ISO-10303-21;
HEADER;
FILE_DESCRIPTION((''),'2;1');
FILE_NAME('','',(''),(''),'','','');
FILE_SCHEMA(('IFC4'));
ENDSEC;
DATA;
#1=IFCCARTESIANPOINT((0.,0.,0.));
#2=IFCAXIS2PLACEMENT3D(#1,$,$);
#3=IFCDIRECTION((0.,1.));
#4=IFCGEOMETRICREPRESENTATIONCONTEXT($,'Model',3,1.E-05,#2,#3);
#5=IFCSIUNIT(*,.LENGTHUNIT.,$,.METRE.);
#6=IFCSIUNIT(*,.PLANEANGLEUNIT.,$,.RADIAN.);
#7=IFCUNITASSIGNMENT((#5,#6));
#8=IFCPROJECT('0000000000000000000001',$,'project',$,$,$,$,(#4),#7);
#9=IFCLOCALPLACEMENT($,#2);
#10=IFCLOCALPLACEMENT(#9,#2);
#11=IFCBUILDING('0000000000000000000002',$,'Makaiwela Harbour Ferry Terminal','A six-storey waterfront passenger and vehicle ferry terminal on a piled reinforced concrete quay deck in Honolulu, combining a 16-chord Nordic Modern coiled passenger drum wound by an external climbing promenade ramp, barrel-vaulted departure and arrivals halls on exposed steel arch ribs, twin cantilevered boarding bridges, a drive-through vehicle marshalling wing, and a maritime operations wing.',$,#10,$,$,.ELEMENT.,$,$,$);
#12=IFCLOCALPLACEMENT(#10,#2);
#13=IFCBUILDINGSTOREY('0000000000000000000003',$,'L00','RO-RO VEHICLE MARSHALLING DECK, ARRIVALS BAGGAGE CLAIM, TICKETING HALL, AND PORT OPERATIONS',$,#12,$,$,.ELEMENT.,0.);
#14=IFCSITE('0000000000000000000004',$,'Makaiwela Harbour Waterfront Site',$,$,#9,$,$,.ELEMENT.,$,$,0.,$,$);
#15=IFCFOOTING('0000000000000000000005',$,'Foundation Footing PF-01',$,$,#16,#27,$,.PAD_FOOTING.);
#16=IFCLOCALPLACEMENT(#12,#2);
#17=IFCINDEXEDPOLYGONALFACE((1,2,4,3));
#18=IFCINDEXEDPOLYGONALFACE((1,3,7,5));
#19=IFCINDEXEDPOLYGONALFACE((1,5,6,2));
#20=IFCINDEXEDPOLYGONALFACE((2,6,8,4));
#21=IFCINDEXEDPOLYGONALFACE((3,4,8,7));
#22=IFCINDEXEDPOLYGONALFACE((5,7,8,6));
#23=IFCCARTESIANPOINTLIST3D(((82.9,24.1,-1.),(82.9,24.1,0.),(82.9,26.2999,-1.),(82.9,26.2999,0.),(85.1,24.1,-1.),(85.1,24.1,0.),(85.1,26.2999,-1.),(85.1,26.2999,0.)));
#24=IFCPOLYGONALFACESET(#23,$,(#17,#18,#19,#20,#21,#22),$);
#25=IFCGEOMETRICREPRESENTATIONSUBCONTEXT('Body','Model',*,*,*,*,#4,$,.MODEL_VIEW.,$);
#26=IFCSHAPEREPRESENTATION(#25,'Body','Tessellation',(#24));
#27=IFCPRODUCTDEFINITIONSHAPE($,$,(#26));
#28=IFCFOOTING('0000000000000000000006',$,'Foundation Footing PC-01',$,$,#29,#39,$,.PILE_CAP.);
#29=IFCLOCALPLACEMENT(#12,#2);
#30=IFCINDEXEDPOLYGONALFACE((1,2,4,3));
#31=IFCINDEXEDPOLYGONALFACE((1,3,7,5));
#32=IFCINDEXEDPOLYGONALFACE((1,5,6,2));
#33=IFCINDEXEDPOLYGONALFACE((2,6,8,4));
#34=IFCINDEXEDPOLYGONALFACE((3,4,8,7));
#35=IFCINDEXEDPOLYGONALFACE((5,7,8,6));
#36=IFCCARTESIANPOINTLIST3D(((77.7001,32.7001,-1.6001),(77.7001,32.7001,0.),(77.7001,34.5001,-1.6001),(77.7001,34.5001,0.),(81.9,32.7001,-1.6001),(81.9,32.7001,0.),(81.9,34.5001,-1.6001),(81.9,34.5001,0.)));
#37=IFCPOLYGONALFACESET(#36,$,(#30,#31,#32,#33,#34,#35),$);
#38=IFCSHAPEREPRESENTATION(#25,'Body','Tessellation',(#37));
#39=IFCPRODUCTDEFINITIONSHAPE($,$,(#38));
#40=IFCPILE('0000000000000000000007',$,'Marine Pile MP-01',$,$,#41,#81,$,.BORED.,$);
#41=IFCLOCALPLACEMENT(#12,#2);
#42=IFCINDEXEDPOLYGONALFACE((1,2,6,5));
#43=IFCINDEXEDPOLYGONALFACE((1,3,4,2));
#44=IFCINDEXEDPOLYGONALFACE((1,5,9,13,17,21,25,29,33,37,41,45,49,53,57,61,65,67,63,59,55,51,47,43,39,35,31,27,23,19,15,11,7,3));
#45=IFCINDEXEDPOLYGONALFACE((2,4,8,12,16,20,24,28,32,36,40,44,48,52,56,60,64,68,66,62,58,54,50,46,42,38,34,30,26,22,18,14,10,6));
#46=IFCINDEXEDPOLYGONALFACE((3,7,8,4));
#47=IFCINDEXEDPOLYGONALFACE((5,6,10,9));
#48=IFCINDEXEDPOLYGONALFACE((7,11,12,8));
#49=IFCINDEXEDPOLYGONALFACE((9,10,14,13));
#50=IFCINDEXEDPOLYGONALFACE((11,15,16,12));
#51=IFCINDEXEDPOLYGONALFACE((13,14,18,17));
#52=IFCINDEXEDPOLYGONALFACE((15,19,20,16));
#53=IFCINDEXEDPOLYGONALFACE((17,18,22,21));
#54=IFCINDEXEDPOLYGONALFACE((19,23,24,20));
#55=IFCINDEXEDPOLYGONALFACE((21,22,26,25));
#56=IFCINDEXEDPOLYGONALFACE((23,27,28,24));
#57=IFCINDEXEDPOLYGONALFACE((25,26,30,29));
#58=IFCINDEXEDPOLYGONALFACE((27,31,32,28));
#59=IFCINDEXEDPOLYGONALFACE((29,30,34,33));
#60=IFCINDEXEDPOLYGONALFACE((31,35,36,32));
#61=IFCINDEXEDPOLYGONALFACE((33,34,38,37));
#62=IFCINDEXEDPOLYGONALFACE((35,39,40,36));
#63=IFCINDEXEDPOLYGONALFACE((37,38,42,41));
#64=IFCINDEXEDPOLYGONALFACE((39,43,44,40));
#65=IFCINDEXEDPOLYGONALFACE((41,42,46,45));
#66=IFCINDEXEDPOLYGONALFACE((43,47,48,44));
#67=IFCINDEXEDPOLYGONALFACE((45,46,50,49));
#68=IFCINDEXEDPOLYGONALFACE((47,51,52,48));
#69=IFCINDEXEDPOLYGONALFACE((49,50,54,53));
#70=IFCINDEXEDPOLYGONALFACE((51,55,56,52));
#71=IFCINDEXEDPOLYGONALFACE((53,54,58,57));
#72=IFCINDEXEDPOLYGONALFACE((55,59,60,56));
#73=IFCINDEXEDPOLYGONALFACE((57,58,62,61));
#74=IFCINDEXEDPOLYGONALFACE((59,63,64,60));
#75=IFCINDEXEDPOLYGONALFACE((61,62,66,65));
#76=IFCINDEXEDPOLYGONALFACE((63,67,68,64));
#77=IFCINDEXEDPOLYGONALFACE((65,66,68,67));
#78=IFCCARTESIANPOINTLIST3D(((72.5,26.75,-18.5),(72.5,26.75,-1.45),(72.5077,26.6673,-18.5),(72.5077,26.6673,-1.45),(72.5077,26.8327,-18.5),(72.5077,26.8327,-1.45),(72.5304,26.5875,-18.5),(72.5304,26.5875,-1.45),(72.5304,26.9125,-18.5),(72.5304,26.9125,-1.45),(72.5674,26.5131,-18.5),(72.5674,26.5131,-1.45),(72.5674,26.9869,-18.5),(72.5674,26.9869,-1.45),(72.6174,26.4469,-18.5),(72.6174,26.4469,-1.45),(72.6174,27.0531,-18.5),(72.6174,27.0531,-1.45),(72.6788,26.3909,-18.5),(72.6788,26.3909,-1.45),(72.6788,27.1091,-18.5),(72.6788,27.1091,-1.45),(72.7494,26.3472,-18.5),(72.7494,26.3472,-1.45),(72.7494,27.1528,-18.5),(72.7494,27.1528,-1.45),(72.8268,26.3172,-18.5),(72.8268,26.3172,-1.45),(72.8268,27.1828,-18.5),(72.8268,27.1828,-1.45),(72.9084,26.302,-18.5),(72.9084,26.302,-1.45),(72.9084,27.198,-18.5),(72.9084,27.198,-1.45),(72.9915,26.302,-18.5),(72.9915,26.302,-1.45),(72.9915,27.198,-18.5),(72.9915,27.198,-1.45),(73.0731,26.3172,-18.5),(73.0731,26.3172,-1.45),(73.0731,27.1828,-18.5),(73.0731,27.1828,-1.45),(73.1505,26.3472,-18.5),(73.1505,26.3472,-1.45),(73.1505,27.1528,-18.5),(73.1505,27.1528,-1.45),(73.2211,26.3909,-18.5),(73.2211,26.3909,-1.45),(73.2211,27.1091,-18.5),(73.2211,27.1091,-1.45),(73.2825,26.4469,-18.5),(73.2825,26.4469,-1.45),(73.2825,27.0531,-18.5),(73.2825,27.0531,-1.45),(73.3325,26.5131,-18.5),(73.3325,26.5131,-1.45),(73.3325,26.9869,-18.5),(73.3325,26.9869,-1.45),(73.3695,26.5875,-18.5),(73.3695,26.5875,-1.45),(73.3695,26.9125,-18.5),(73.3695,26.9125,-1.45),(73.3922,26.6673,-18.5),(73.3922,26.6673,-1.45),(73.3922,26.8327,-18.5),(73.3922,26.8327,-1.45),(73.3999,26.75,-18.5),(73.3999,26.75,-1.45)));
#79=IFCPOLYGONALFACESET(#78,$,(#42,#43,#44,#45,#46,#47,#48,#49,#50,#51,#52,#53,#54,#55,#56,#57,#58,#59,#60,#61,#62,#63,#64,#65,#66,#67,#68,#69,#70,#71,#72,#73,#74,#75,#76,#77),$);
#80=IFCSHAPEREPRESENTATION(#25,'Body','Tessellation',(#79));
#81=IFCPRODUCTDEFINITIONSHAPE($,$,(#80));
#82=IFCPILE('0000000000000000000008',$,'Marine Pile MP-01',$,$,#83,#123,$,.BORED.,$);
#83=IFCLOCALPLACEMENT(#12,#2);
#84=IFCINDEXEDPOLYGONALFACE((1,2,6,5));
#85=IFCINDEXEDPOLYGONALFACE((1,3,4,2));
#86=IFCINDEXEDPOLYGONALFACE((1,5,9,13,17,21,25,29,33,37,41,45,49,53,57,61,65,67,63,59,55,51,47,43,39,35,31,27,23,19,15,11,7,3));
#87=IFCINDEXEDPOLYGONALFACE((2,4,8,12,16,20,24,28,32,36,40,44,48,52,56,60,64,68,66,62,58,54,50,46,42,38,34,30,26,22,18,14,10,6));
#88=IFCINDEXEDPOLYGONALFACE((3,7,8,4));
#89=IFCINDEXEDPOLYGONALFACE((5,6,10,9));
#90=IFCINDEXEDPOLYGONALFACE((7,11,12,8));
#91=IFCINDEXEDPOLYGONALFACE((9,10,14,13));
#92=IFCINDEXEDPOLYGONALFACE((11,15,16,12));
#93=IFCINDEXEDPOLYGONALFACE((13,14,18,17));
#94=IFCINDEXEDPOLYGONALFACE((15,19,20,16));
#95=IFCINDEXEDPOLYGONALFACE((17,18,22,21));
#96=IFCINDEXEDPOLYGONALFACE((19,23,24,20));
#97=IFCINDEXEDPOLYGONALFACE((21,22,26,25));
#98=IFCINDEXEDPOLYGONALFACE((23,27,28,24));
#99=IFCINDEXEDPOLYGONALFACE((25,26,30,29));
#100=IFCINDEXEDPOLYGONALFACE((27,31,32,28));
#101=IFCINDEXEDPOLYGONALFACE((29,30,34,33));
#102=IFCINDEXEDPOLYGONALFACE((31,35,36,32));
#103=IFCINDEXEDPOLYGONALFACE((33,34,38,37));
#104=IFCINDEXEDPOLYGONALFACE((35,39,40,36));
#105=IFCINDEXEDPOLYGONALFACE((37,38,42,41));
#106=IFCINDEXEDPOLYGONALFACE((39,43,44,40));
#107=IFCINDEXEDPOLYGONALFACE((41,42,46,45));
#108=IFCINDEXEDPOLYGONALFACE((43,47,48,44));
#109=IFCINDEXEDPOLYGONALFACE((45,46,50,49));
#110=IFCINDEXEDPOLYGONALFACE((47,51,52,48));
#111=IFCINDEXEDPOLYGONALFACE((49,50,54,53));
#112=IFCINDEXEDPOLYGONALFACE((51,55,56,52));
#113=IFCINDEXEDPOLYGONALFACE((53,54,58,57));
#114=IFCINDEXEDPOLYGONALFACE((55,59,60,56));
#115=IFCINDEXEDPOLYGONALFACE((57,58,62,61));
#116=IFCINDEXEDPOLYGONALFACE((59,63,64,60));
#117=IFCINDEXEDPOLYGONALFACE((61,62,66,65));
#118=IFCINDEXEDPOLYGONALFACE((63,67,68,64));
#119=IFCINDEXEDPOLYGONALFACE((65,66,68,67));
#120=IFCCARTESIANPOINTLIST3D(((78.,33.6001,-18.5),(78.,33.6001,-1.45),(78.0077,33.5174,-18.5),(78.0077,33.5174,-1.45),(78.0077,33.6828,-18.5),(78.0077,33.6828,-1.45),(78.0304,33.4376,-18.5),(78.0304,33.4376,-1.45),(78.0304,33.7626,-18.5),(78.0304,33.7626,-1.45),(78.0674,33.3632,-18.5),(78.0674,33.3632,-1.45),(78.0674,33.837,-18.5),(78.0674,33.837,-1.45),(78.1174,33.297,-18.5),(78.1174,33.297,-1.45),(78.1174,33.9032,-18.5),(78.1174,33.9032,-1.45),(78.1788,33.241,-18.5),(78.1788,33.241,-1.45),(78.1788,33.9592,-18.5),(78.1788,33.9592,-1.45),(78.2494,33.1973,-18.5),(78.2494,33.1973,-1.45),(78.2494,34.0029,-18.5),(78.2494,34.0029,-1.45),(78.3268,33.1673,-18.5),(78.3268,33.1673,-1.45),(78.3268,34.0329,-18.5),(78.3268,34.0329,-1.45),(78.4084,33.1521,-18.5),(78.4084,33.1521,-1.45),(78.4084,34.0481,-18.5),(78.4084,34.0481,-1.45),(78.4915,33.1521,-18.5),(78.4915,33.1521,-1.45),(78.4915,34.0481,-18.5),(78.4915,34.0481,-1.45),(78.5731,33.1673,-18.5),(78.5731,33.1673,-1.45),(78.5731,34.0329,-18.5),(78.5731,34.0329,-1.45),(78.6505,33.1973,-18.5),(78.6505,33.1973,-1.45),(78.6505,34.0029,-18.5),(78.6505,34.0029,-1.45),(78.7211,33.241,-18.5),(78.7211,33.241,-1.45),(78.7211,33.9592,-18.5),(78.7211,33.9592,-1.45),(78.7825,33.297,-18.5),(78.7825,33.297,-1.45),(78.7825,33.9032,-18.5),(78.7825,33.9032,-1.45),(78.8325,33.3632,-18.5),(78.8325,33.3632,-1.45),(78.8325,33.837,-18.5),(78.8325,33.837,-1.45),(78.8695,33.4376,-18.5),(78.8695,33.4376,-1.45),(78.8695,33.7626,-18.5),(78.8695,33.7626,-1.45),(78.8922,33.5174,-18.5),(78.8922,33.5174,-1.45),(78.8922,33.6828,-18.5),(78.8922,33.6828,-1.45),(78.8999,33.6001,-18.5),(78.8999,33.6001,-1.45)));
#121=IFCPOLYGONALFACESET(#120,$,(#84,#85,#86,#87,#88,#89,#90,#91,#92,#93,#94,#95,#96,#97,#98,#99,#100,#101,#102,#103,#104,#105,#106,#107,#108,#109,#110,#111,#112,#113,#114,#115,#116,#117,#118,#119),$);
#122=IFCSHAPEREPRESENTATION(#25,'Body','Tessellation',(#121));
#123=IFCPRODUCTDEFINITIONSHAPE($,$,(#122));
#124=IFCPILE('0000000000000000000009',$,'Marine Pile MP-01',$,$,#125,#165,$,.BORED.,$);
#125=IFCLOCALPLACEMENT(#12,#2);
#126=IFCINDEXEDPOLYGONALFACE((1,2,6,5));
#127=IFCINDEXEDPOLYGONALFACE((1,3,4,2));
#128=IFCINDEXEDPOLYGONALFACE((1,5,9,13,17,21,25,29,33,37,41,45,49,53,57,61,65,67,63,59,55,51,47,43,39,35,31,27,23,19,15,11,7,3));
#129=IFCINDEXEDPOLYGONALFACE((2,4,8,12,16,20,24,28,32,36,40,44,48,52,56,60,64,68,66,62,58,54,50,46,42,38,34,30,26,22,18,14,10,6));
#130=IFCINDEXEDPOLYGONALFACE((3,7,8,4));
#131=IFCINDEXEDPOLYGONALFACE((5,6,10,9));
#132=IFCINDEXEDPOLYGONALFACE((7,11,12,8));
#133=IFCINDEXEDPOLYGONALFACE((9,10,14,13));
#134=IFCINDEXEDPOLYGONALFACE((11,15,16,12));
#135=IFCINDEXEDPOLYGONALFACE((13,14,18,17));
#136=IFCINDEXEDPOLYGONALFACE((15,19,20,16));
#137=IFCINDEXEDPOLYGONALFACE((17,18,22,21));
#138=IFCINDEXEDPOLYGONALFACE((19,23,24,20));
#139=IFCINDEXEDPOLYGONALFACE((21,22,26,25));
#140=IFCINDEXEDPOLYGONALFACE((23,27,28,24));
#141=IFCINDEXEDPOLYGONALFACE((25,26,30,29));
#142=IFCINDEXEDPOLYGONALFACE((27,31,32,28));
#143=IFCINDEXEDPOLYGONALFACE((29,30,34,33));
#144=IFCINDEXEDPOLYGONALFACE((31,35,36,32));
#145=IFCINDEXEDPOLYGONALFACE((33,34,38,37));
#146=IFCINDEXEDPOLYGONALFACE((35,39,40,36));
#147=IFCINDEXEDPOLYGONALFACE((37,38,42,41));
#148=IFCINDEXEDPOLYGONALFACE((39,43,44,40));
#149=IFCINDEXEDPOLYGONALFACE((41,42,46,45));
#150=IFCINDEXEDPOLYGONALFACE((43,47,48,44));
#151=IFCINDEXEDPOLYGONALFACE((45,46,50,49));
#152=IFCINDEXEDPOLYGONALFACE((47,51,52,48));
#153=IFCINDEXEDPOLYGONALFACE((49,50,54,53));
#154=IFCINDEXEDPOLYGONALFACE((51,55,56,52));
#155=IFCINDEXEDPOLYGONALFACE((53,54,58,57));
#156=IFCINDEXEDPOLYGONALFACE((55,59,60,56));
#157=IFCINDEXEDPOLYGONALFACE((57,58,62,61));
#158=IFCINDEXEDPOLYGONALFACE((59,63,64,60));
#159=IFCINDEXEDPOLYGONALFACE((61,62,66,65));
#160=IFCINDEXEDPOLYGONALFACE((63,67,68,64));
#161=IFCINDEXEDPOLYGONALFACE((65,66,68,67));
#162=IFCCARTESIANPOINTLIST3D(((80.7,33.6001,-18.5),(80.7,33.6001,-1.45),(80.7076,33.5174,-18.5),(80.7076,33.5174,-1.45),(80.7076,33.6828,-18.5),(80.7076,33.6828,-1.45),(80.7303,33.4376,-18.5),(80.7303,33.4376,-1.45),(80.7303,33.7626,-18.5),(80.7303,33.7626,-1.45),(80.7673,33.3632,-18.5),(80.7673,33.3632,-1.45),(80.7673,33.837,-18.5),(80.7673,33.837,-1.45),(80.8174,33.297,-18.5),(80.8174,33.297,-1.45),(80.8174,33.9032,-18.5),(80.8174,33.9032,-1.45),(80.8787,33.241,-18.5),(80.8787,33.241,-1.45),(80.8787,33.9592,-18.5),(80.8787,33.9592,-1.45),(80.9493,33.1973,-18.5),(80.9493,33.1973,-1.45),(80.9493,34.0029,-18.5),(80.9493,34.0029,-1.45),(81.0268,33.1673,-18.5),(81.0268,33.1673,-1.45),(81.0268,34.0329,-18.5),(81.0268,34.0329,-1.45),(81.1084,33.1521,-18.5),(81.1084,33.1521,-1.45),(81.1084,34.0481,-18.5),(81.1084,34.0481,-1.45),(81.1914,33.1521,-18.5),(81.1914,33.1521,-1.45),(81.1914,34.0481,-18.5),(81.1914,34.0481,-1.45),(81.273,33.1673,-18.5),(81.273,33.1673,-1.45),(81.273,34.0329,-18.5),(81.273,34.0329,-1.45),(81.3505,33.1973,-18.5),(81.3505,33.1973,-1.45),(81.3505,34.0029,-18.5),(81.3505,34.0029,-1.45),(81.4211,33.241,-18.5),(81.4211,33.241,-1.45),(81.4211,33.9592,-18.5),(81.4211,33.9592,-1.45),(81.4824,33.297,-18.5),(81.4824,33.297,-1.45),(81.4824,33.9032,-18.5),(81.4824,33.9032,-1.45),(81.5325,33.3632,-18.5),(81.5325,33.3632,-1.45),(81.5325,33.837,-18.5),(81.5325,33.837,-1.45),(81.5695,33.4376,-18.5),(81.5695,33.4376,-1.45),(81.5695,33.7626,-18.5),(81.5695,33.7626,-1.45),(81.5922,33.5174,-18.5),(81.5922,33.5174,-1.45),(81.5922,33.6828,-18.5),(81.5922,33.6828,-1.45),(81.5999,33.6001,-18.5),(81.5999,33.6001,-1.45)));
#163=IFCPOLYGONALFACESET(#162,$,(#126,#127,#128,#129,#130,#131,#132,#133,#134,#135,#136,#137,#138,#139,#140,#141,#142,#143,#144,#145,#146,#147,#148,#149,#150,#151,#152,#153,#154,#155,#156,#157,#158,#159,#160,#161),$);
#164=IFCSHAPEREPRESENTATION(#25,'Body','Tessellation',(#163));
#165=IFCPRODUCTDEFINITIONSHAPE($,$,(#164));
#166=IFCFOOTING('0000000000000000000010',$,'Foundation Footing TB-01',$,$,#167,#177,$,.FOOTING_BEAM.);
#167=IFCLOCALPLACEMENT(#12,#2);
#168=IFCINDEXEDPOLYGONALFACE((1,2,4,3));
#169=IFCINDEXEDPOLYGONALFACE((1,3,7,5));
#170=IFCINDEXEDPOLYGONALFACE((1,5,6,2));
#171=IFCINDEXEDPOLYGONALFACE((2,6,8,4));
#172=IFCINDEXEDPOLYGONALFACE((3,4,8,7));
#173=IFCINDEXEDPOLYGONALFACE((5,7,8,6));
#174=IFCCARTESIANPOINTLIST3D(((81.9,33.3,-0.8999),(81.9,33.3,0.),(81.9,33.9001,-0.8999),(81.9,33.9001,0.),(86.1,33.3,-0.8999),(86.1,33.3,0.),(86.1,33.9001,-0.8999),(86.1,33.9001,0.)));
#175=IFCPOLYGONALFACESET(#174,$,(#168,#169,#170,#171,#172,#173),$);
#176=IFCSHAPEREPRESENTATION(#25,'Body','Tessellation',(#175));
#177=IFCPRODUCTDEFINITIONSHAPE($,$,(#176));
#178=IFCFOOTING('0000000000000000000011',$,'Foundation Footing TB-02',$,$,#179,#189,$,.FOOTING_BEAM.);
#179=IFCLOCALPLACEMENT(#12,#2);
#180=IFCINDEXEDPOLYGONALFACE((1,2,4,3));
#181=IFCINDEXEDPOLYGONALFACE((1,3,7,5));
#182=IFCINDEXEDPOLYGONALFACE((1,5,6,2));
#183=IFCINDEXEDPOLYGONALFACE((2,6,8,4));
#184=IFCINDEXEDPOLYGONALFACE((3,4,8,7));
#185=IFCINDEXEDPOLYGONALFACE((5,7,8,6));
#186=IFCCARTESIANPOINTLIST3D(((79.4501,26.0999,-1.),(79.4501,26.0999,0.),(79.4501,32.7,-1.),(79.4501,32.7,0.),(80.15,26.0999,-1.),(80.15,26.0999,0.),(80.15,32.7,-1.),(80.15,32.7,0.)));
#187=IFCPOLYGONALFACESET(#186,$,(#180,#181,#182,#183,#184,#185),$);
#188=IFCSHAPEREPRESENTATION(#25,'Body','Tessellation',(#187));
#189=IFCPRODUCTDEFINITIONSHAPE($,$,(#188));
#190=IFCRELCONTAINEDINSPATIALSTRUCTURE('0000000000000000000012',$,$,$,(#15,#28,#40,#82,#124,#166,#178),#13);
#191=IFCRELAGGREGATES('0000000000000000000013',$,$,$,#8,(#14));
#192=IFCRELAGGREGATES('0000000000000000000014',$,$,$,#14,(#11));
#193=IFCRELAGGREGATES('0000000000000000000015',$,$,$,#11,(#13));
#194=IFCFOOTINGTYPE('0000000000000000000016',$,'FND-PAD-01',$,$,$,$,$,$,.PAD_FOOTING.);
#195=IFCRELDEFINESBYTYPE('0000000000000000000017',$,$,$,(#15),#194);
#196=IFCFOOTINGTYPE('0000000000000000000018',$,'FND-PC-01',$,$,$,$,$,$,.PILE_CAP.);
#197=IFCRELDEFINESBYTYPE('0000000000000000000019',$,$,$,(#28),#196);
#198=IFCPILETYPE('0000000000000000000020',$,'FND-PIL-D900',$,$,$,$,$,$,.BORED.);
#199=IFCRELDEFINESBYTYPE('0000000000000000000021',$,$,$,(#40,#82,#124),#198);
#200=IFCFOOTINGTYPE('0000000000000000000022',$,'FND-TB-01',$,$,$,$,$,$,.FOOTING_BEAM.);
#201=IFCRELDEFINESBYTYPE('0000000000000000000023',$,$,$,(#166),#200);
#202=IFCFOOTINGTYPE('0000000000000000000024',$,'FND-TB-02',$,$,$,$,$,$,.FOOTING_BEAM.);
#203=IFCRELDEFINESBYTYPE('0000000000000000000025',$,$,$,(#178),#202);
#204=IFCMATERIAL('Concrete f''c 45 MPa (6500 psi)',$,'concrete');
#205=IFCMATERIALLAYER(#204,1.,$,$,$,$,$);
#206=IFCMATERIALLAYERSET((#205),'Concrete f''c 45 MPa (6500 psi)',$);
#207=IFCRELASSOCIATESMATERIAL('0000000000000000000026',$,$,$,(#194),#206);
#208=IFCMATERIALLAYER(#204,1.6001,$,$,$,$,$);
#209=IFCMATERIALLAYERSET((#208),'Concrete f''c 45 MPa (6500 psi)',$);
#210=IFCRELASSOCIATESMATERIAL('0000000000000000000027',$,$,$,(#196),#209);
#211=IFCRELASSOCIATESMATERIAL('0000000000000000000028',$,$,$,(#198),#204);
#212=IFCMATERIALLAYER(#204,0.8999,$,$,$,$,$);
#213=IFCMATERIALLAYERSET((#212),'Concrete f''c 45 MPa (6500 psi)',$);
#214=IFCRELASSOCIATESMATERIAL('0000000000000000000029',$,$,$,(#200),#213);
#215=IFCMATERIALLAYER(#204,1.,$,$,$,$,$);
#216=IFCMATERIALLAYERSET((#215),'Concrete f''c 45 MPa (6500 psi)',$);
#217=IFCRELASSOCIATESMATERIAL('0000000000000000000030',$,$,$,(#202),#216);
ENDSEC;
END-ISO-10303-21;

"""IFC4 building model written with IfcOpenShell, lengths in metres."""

from ifc_helpers import new_model, si_unit, direction, frame, origin, origin_2d, place, context, subcontext, project, spatial, rectangle, circle, extrude, material, layer, layer_set, material_profile, profile_set, type_object, element, save


model = new_model("IFC4")

# Units and contexts
model_context = context("Model", 3, precision=1e-05, world=origin(), true_north=direction((0.0, 1.0)))
body_context = subcontext(model_context, "Body", "Model", "MODEL_VIEW")
ifc_project = project(units=[si_unit("LENGTHUNIT", "METRE"), si_unit("PLANEANGLEUNIT", "RADIAN")], contexts=[model_context])

# Site, building, storey
site_placement = place(None, origin())
site = spatial("IfcSite", under=ifc_project, at=site_placement, Name="Makaiwela Harbour Waterfront Site", CompositionType="ELEMENT", RefElevation=0.0)
building_placement = place(site_placement, origin())
building = spatial("IfcBuilding", under=site, at=building_placement, Name="Makaiwela Harbour Ferry Terminal", Description="A six-storey waterfront passenger and vehicle ferry terminal on a piled reinforced concrete quay deck in Honolulu, combining a 16-chord Nordic Modern coiled passenger drum wound by an external climbing promenade ramp, barrel-vaulted departure and arrivals halls on exposed steel arch ribs, twin cantilevered boarding bridges, a drive-through vehicle marshalling wing, and a maritime operations wing.", CompositionType="ELEMENT")
storey_placement = place(building_placement, origin())
storey = spatial("IfcBuildingStorey", under=building, at=storey_placement, Name="L00", Description="RO-RO VEHICLE MARSHALLING DECK, ARRIVALS BAGGAGE CLAIM, TICKETING HALL, AND PORT OPERATIONS", CompositionType="ELEMENT", Elevation=0.0)

# Footings
ifc_material_1 = material(Name="Concrete f'c 45 MPa (6500 psi)", Category="concrete")
ifc_layer_1 = layer(ifc_material_1, 1.0)
ifc_layer_set_1 = layer_set([ifc_layer_1], Name="Concrete f'c 45 MPa (6500 psi)")
footing_type_1 = type_object("IfcFootingType", Name="FND-PAD-01", PredefinedType="PAD_FOOTING", material=ifc_layer_set_1)
footing_1_placement = place(storey_placement, frame((84.0, 25.2, -1.0), z_axis=(0.0, 0.0, 1.0), x_axis=(1.0, 0.0, 0.0)))
element("IfcFooting", 1, at=footing_1_placement, inside=storey, type_object=footing_type_1, Name="Foundation Footing PF-01", PredefinedType="PAD_FOOTING", context=body_context, shape_type="SweptSolid", body=[
    extrude(rectangle(XDim=2.2, YDim=2.2, at=origin_2d()), origin(), (0.0, 0.0, 1.0), 1.0),
])
ifc_layer_2 = layer(ifc_material_1, 1.6001)
ifc_layer_set_2 = layer_set([ifc_layer_2], Name="Concrete f'c 45 MPa (6500 psi)")
footing_type_2 = type_object("IfcFootingType", Name="FND-PC-01", PredefinedType="PILE_CAP", material=ifc_layer_set_2)
footing_2_placement = place(storey_placement, frame((79.8, 33.6001, -1.6001), z_axis=(0.0, 0.0, 1.0), x_axis=(1.0, 0.0, 0.0)))
element("IfcFooting", 2, at=footing_2_placement, inside=storey, type_object=footing_type_2, Name="Foundation Footing PC-01", PredefinedType="PILE_CAP", context=body_context, shape_type="SweptSolid", body=[
    extrude(rectangle(XDim=4.2, YDim=1.8, at=origin_2d()), origin(), (0.0, 0.0, 1.0), 1.6001),
])

# Piles
ifc_material_profile_1 = material_profile(ifc_material_1, circle(Radius=0.45, at=origin_2d()), Name="PILE-D900")
ifc_profile_set_1 = profile_set([ifc_material_profile_1], Name="Concrete f'c 45 MPa (6500 psi)")
pile_type = type_object("IfcPileType", Name="FND-PIL-D900", PredefinedType="BORED", material=ifc_profile_set_1)
for number, where, z_axis, x_axis, name in (
    (3, (72.95, 26.75, -1.45), (0.0, 0.0, -1.0), (1.0, 0.0, 0.0), "Marine Pile MP-01"),
    (4, (78.45, 33.6001, -1.45), (0.0, 0.0, -1.0), (1.0, 0.0, 0.0), "Marine Pile MP-01"),
    (5, (81.1499, 33.6001, -1.45), (0.0, 0.0, -1.0), (1.0, 0.0, 0.0), "Marine Pile MP-01"),
):
    element("IfcPile", number, at=place(storey_placement, frame(where, z_axis=z_axis, x_axis=x_axis)), inside=storey, type_object=pile_type, Name=name, PredefinedType="BORED", context=body_context, shape_type="SweptSolid", body=[
        extrude(circle(Radius=0.45, at=origin_2d()), origin(), (0.0, 0.0, 1.0), 17.05),
    ])

# Footings
ifc_layer_3 = layer(ifc_material_1, 0.8999)
ifc_layer_set_3 = layer_set([ifc_layer_3], Name="Concrete f'c 45 MPa (6500 psi)")
footing_type_3 = type_object("IfcFootingType", Name="FND-TB-01", PredefinedType="FOOTING_BEAM", material=ifc_layer_set_3)
footing_3_placement = place(storey_placement, frame((84.0, 33.6001, -0.8999), z_axis=(0.0, 0.0, 1.0), x_axis=(1.0, 0.0, 0.0)))
element("IfcFooting", 6, at=footing_3_placement, inside=storey, type_object=footing_type_3, Name="Foundation Footing TB-01", PredefinedType="FOOTING_BEAM", context=body_context, shape_type="SweptSolid", body=[
    extrude(rectangle(XDim=4.2, YDim=0.6001, at=origin_2d()), origin(), (0.0, 0.0, 1.0), 0.8999),
])
ifc_layer_4 = layer(ifc_material_1, 1.0)
ifc_layer_set_4 = layer_set([ifc_layer_4], Name="Concrete f'c 45 MPa (6500 psi)")
footing_type_4 = type_object("IfcFootingType", Name="FND-TB-02", PredefinedType="FOOTING_BEAM", material=ifc_layer_set_4)
footing_4_placement = place(storey_placement, frame((79.8, 29.3999, -1.0), z_axis=(0.0, 0.0, 1.0), x_axis=(0.0, 1.0, 0.0)))
element("IfcFooting", 7, at=footing_4_placement, inside=storey, type_object=footing_type_4, Name="Foundation Footing TB-02", PredefinedType="FOOTING_BEAM", context=body_context, shape_type="SweptSolid", body=[
    extrude(rectangle(XDim=6.6001, YDim=0.7, at=origin_2d()), origin(), (0.0, 0.0, 1.0), 1.0),
])

save(model, "model.ifc")
